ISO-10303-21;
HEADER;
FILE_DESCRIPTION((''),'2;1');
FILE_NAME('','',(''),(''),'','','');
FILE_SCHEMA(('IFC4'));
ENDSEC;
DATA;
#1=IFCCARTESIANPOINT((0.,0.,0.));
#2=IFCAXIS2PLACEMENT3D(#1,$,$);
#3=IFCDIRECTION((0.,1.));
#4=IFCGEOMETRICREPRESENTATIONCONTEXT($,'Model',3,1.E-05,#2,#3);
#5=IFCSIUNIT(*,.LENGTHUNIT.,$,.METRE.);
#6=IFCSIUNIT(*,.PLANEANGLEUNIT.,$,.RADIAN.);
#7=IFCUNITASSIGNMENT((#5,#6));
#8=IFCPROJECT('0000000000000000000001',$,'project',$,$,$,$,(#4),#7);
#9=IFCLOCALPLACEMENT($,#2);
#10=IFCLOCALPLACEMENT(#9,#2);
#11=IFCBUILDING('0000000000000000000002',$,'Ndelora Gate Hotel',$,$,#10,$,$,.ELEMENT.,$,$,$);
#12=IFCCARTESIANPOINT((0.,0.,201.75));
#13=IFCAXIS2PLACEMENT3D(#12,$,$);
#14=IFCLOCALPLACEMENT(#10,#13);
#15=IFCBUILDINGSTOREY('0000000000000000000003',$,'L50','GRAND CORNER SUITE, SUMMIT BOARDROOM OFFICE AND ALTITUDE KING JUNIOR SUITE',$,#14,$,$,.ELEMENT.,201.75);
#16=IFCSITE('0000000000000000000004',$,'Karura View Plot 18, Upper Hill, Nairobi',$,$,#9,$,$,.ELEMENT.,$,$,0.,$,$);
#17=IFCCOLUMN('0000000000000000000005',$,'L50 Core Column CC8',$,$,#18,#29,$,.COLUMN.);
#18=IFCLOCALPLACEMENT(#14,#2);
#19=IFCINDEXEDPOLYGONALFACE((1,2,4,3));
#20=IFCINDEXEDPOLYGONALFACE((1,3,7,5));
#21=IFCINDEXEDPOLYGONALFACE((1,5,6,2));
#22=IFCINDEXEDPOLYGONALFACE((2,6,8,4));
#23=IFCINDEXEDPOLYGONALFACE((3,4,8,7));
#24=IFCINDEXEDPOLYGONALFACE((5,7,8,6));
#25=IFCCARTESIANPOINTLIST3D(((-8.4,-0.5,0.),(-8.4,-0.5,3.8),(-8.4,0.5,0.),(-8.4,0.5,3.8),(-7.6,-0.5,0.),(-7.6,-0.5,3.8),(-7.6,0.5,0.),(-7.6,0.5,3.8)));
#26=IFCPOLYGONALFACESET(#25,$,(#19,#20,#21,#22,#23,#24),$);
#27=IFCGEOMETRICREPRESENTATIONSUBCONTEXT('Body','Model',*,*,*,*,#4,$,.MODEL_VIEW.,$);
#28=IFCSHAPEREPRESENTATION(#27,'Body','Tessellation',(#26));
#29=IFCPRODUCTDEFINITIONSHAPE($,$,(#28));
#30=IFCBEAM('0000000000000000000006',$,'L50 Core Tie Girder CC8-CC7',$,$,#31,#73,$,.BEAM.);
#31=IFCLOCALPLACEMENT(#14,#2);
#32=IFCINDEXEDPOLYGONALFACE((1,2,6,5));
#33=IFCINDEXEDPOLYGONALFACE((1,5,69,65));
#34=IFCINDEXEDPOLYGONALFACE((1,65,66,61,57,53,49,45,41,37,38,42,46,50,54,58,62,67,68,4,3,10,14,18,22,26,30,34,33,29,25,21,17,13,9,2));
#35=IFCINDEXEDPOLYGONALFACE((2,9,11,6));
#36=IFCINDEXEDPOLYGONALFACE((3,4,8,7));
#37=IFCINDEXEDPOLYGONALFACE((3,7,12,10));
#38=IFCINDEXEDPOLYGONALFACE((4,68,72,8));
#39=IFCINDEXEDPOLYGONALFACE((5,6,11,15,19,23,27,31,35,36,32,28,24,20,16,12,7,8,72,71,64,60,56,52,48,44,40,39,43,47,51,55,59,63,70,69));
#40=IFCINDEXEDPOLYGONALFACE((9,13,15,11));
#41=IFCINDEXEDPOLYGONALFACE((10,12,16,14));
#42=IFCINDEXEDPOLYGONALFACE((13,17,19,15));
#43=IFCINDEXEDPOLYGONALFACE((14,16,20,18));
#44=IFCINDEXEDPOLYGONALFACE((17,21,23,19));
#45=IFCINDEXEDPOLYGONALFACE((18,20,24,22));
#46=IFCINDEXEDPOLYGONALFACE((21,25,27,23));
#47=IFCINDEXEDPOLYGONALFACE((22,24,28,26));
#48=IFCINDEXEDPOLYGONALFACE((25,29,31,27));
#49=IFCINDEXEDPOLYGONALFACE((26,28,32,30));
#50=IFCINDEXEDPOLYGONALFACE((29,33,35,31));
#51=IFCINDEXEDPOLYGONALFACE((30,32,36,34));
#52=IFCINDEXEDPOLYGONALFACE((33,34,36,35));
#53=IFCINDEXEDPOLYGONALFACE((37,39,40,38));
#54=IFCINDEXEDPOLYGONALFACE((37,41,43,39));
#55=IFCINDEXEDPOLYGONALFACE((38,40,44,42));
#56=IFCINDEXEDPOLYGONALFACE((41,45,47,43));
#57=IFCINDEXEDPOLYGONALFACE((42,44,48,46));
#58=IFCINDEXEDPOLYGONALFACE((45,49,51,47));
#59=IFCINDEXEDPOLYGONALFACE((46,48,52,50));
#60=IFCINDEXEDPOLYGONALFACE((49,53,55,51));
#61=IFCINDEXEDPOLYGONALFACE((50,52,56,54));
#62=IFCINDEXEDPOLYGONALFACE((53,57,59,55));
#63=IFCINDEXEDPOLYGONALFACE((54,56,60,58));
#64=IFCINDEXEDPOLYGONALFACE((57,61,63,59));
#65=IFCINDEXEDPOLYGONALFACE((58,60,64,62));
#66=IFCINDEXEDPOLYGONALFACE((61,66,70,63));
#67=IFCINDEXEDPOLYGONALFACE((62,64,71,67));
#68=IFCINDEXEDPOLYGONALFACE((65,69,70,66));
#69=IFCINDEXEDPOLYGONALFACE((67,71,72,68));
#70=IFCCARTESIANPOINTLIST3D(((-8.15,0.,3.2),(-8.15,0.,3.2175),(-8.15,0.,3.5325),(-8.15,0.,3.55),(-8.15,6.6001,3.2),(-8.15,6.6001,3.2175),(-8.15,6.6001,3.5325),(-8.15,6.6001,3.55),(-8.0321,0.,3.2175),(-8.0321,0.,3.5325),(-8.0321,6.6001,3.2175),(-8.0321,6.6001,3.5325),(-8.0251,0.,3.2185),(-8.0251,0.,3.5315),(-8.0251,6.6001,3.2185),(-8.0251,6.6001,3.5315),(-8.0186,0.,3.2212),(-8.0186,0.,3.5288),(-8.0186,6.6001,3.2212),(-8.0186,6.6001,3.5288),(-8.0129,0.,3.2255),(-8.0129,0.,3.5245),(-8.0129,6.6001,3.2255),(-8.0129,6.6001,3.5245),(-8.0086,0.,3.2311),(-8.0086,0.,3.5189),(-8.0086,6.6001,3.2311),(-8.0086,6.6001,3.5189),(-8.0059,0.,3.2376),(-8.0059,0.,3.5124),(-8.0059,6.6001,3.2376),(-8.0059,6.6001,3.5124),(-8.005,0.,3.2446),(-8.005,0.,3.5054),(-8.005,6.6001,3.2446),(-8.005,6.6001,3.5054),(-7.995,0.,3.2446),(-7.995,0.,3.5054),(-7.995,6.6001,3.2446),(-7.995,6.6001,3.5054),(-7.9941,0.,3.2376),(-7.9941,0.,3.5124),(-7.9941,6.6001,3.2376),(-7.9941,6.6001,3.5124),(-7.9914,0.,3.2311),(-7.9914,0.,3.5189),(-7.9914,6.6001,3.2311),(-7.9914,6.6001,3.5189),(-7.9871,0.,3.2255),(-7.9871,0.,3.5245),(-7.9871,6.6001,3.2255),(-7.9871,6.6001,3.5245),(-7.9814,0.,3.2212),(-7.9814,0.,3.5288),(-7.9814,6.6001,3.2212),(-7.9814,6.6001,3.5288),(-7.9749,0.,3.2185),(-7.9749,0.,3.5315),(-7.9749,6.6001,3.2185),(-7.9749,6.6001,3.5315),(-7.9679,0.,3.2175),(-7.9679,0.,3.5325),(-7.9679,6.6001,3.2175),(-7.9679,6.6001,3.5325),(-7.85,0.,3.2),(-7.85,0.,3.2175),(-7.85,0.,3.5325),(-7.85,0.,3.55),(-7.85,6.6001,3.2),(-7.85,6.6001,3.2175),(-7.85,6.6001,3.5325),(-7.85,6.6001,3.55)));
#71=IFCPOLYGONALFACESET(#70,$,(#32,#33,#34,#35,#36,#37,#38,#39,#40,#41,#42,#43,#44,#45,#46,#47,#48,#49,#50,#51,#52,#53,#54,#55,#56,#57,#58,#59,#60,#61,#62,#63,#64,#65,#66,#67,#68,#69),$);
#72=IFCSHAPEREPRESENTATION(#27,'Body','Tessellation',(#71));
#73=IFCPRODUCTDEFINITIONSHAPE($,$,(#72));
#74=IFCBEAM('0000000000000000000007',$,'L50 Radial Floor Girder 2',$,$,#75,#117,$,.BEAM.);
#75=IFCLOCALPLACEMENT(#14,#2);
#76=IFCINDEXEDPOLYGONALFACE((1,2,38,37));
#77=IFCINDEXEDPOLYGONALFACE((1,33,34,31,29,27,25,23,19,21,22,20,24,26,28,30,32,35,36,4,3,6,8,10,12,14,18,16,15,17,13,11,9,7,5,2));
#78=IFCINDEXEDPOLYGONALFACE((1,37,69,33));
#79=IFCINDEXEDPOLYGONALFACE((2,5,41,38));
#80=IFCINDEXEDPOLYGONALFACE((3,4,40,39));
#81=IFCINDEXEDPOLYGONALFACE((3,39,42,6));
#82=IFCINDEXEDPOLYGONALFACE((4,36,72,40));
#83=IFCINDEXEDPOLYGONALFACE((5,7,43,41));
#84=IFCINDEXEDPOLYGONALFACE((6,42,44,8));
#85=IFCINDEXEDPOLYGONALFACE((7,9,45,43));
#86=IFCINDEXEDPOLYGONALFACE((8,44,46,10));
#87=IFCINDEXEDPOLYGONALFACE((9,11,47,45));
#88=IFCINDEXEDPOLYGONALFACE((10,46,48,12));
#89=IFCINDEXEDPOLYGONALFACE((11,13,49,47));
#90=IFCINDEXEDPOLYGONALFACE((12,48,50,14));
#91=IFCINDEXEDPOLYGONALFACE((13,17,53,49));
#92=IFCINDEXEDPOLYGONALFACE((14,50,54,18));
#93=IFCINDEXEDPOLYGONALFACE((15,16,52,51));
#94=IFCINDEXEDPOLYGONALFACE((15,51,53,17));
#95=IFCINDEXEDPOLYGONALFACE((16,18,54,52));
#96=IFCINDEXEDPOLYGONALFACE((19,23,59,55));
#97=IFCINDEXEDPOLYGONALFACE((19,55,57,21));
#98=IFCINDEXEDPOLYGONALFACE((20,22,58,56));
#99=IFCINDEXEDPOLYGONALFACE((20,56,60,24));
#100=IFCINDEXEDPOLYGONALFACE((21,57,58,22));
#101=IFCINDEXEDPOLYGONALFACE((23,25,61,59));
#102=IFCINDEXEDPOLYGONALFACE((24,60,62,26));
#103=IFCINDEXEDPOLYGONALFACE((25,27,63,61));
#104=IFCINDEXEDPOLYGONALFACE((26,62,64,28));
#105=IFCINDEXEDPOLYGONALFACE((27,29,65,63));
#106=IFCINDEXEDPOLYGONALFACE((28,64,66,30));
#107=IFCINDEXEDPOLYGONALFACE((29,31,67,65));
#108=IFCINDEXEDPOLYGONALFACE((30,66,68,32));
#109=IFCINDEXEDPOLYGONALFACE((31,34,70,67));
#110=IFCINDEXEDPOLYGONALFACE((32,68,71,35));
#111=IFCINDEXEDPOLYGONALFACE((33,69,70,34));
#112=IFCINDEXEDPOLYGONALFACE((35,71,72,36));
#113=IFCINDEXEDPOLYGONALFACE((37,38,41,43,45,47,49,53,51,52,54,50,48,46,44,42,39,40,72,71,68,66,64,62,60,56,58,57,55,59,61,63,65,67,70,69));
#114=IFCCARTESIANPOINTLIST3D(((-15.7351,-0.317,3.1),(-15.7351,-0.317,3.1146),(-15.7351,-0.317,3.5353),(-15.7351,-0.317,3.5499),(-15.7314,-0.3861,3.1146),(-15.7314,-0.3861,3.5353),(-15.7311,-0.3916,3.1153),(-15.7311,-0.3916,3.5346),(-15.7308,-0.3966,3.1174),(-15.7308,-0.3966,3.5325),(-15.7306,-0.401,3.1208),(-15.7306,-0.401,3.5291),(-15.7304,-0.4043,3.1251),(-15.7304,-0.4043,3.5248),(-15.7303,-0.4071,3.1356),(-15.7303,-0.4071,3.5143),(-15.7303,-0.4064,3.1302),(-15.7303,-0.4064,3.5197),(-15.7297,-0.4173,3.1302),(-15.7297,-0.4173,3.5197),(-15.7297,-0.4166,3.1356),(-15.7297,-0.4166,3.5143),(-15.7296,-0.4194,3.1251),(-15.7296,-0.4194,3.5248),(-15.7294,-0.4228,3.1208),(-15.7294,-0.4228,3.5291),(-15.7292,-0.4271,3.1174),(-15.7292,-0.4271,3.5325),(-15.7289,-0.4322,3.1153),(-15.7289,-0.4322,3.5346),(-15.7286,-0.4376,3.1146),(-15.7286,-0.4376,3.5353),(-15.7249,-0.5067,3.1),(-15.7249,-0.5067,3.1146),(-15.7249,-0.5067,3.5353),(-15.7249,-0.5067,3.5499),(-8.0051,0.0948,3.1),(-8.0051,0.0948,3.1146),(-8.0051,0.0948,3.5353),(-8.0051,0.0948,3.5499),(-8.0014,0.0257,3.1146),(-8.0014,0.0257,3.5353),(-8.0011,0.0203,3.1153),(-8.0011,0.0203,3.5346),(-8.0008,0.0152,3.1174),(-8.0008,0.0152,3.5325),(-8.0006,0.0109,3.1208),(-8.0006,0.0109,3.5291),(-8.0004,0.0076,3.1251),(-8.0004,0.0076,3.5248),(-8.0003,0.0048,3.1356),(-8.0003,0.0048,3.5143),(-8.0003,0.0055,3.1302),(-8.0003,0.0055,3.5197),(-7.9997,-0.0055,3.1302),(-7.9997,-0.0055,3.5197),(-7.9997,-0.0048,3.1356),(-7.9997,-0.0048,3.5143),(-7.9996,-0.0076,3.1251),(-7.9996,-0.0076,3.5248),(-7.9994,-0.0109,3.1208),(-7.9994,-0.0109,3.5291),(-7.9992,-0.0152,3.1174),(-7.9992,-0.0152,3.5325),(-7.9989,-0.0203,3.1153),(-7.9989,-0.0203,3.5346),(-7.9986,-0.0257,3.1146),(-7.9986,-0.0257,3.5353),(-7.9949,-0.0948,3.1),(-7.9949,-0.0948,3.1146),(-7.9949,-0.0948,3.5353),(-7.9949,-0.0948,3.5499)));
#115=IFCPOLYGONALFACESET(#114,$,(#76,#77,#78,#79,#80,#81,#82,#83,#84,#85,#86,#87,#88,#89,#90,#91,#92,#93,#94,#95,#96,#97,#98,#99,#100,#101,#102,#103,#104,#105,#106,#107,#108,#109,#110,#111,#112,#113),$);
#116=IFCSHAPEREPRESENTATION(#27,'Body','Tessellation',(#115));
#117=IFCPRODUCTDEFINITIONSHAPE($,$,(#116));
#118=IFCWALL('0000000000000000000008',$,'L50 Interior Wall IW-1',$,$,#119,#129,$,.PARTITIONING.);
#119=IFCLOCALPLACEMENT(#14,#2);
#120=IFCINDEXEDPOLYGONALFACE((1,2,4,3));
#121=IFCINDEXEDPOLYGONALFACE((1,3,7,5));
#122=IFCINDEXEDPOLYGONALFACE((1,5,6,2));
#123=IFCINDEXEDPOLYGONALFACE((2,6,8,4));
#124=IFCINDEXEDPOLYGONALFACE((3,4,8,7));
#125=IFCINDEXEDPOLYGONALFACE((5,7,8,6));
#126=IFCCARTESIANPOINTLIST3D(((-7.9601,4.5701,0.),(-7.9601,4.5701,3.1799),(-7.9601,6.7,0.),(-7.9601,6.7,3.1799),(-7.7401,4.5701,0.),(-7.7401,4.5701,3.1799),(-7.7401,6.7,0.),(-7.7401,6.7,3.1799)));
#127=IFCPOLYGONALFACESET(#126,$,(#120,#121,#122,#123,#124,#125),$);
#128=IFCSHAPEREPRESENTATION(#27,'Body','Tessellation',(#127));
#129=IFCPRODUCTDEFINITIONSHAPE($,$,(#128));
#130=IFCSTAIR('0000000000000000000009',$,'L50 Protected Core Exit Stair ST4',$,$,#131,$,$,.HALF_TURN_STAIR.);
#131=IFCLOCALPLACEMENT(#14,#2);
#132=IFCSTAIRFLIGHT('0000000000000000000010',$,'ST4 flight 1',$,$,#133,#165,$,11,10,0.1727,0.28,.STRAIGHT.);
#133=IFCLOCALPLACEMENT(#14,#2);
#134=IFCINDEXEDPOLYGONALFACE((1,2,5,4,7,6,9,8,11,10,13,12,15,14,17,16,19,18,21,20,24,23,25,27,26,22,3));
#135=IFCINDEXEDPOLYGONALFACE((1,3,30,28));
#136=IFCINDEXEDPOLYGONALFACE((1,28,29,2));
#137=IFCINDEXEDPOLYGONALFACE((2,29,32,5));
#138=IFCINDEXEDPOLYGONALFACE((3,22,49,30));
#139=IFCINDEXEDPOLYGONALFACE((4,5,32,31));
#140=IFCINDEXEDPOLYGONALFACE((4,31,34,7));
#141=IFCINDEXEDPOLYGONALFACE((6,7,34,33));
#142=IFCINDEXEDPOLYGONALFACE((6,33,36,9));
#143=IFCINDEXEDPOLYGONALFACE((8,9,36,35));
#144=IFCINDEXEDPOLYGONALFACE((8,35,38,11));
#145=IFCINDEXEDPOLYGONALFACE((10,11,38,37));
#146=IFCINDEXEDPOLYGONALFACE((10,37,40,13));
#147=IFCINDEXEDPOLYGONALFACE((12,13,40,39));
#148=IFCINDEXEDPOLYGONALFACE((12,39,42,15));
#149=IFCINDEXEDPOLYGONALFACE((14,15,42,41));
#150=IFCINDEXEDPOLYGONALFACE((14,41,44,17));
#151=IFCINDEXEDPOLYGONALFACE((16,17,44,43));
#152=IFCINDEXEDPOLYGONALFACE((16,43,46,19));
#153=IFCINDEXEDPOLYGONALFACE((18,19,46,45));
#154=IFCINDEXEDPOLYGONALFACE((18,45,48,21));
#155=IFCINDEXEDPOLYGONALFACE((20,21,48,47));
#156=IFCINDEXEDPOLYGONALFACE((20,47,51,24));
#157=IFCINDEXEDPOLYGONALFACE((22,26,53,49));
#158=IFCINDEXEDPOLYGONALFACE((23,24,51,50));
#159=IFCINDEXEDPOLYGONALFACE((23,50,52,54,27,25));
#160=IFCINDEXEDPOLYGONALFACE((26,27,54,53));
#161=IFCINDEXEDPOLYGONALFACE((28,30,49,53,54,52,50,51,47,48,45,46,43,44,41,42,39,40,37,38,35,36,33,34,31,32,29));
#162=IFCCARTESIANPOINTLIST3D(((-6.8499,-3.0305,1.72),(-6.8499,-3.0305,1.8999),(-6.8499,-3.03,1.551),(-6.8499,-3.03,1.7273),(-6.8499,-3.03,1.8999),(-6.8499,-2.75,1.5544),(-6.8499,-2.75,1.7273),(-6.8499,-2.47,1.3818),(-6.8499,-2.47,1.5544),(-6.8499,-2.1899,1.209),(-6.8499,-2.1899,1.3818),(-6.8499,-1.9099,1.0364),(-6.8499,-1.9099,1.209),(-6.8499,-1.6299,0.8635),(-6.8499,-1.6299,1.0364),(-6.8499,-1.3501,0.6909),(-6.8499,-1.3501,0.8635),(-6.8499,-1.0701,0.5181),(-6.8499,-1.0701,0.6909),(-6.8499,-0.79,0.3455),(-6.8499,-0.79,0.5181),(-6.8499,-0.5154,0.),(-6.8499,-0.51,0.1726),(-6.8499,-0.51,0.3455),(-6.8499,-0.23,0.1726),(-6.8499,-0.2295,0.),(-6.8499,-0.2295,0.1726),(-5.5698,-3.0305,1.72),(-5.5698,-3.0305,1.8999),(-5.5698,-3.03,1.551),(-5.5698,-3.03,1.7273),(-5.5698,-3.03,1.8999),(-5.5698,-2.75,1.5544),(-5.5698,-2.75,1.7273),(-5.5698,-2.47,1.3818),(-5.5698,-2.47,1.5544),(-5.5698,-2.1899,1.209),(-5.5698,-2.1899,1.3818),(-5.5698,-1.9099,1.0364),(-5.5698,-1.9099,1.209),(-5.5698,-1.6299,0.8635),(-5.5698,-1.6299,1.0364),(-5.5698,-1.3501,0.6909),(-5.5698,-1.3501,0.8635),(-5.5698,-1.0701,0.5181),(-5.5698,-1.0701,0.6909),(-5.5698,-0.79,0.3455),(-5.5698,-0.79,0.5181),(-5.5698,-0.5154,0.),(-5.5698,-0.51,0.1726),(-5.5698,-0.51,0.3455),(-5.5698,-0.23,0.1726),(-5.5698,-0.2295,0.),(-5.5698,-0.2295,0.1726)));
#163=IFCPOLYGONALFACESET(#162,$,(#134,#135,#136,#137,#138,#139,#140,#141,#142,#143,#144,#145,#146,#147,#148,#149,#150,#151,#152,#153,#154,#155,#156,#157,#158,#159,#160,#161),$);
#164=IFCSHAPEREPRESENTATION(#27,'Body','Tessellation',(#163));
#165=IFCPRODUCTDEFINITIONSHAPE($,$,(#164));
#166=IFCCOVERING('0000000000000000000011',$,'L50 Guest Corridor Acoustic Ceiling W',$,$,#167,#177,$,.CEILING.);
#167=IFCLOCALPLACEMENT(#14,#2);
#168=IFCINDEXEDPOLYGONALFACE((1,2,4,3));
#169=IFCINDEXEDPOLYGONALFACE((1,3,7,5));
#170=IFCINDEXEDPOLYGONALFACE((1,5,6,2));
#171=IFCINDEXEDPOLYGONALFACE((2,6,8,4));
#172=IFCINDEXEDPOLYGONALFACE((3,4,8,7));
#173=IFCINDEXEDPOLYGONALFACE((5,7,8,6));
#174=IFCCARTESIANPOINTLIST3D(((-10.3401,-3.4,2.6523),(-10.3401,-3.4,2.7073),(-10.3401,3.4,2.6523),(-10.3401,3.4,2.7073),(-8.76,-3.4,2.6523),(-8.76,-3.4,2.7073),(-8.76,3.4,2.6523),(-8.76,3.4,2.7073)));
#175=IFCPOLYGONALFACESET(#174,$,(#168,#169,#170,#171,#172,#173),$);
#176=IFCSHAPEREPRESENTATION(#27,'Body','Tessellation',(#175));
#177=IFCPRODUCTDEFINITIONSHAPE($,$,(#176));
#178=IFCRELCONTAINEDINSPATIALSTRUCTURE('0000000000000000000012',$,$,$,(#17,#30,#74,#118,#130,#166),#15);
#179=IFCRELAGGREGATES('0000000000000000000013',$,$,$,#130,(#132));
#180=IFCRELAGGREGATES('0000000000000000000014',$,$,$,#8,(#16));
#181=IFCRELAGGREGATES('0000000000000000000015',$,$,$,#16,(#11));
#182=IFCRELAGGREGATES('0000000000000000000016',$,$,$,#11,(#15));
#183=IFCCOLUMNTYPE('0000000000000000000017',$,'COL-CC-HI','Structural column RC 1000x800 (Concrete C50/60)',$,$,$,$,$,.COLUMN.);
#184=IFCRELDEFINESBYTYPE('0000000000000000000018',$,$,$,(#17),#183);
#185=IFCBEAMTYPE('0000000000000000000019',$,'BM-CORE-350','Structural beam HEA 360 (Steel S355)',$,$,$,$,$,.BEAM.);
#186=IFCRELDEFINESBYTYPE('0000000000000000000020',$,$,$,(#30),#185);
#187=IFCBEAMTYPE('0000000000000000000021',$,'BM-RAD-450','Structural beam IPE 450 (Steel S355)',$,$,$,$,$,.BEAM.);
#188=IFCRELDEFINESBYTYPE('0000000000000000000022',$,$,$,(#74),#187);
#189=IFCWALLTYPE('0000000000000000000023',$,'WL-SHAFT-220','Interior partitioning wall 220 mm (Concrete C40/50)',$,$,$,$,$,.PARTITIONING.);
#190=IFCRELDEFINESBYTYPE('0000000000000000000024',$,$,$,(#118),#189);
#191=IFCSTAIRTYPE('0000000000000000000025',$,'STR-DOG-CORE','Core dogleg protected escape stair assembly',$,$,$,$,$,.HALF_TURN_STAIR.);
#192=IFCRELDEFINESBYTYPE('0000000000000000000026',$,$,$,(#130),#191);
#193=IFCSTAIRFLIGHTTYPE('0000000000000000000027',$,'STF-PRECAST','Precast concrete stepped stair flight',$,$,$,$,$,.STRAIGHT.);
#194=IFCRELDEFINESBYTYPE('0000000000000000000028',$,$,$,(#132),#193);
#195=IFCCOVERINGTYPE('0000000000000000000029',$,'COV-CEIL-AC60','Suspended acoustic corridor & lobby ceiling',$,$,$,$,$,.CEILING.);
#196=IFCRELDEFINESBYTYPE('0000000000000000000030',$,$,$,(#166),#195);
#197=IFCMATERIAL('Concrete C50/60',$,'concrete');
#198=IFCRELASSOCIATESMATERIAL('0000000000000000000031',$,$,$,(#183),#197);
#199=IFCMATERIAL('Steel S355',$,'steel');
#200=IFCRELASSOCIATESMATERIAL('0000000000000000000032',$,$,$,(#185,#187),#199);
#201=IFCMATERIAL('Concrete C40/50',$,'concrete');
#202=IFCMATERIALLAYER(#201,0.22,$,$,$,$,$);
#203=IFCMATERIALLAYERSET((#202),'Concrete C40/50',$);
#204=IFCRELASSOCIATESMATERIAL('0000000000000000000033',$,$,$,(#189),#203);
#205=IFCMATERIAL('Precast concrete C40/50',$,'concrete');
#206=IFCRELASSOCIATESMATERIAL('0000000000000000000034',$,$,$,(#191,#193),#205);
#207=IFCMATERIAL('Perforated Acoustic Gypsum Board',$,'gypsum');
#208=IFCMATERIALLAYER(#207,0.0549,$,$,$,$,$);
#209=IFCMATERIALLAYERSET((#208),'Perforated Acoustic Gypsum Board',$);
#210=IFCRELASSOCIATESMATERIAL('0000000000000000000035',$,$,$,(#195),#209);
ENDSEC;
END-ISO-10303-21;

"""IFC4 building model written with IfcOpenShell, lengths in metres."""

from ifc_helpers import new_model, si_unit, direction, frame, frame_2d, origin, origin_2d, place, context, subcontext, project, spatial, polyline, rectangle, i_section, outline, extrude, material, layer, layer_set, material_profile, profile_set, type_object, element, aggregate, save


model = new_model("IFC4")

# Units and contexts
model_context = context("Model", 3, precision=1e-05, world=origin(), true_north=direction((0.0, 1.0)))
body_context = subcontext(model_context, "Body", "Model", "MODEL_VIEW")
ifc_project = project(units=[si_unit("LENGTHUNIT", "METRE"), si_unit("PLANEANGLEUNIT", "RADIAN")], contexts=[model_context])

# Site, building, storey
site_placement = place(None, origin())
site = spatial("IfcSite", under=ifc_project, at=site_placement, Name="Karura View Plot 18, Upper Hill, Nairobi", CompositionType="ELEMENT", RefElevation=0.0)
building_placement = place(site_placement, origin())
building = spatial("IfcBuilding", under=site, at=building_placement, Name="Ndelora Gate Hotel", CompositionType="ELEMENT")
storey_placement = place(building_placement, frame((0.0, 0.0, 201.75)))
storey = spatial("IfcBuildingStorey", under=building, at=storey_placement, Name="L50", Description="GRAND CORNER SUITE, SUMMIT BOARDROOM OFFICE AND ALTITUDE KING JUNIOR SUITE", CompositionType="ELEMENT", Elevation=201.75)

# Column
ifc_material_1 = material(Name="Concrete C50/60", Category="concrete")
ifc_material_profile_1 = material_profile(ifc_material_1, rectangle(XDim=0.8, YDim=1.0, at=origin_2d()), Name="RC 1000x800")
ifc_profile_set_1 = profile_set([ifc_material_profile_1], Name="Concrete C50/60")
column_type = type_object("IfcColumnType", Name="COL-CC-HI", Description="Structural column RC 1000x800 (Concrete C50/60)", PredefinedType="COLUMN", material=ifc_profile_set_1)
column_placement = place(storey_placement, frame((-8.0, 0.0, 0.0), z_axis=(0.0, 0.0, 1.0), x_axis=(1.0, 0.0, 0.0)))
element("IfcColumn", 1, at=column_placement, inside=storey, type_object=column_type, Name="L50 Core Column CC8", PredefinedType="COLUMN", context=body_context, shape_type="SweptSolid", body=[
    extrude(rectangle(XDim=0.8, YDim=1.0, at=origin_2d()), origin(), (0.0, 0.0, 1.0), 3.8),
])

# Beams
ifc_material_2 = material(Name="Steel S355", Category="steel")
ifc_material_profile_2 = material_profile(ifc_material_2, i_section(OverallWidth=0.3, OverallDepth=0.3501, WebThickness=0.01, FlangeThickness=0.0176, FilletRadius=0.0271, at=origin_2d()), Name="HEA 360")
ifc_profile_set_2 = profile_set([ifc_material_profile_2], Name="Steel S355")
beam_type_1 = type_object("IfcBeamType", Name="BM-CORE-350", Description="Structural beam HEA 360 (Steel S355)", PredefinedType="BEAM", material=ifc_profile_set_2)
beam_1_placement = place(storey_placement, frame((-8.0, 0.0, 3.375), z_axis=(0.0, 1.0, 0.0), x_axis=(-1.0, 0.0, 0.0)))
element("IfcBeam", 2, at=beam_1_placement, inside=storey, type_object=beam_type_1, Name="L50 Core Tie Girder CC8-CC7", PredefinedType="BEAM", context=body_context, shape_type="SweptSolid", body=[
    extrude(i_section(OverallWidth=0.3, OverallDepth=0.3501, WebThickness=0.01, FlangeThickness=0.0176, FilletRadius=0.0271, at=origin_2d()), origin(), (0.0, 0.0, 1.0), 6.6001),
])
ifc_material_profile_3 = material_profile(ifc_material_2, i_section(OverallWidth=0.1899, OverallDepth=0.45, WebThickness=0.0095, FlangeThickness=0.0146, FilletRadius=0.021, at=origin_2d()), Name="IPE 450")
ifc_profile_set_3 = profile_set([ifc_material_profile_3], Name="Steel S355")
beam_type_2 = type_object("IfcBeamType", Name="BM-RAD-450", Description="Structural beam IPE 450 (Steel S355)", PredefinedType="BEAM", material=ifc_profile_set_3)
beam_2_placement = place(storey_placement, frame((-8.0, 0.0, 3.325), z_axis=(-0.998584, -0.053206, 0.0), x_axis=(0.053206, -0.998584, 0.0)))
element("IfcBeam", 3, at=beam_2_placement, inside=storey, type_object=beam_type_2, Name="L50 Radial Floor Girder 2", PredefinedType="BEAM", context=body_context, shape_type="SweptSolid", body=[
    extrude(i_section(OverallWidth=0.1899, OverallDepth=0.45, WebThickness=0.0095, FlangeThickness=0.0146, FilletRadius=0.021, at=origin_2d()), origin(), (0.0, 0.0, 1.0), 7.741),
])

# Shared definitions
ifc_material_3 = material(Name="Concrete C40/50", Category="concrete")
ifc_layer_1 = layer(ifc_material_3, 0.22)
ifc_layer_set_1 = layer_set([ifc_layer_1], Name="Concrete C40/50")
wall_type_1 = type_object("IfcWallType", Name="WL-SHAFT-220", Description="Interior partitioning wall 220 mm (Concrete C40/50)", PredefinedType="PARTITIONING", material=ifc_layer_set_1)

# Wall
wall_1_placement = place(storey_placement, frame((-7.8501, 4.5701, 0.0), z_axis=(0.0, 0.0, 1.0), x_axis=(0.0, 1.0, 0.0)))
element("IfcWall", 4, at=wall_1_placement, inside=storey, type_object=wall_type_1, Name="L50 Interior Wall IW-1", PredefinedType="PARTITIONING", context=body_context, shape_type="SweptSolid", body=[
    extrude(rectangle(XDim=2.1299, YDim=0.22, at=frame_2d((1.0649, 0.0))), origin(), (0.0, 0.0, 1.0), 3.1799),
])

# Stair, stair flight
ifc_material_4 = material(Name="Precast concrete C40/50", Category="concrete")
stair_type = type_object("IfcStairType", Name="STR-DOG-CORE", Description="Core dogleg protected escape stair assembly", PredefinedType="HALF_TURN_STAIR", material=ifc_material_4)
stair_placement = place(storey_placement, origin())
stair = element("IfcStair", 5, at=stair_placement, inside=storey, type_object=stair_type, Name="L50 Protected Core Exit Stair ST4", PredefinedType="HALF_TURN_STAIR")
stair_flight_type = type_object("IfcStairFlightType", Name="STF-PRECAST", Description="Precast concrete stepped stair flight", PredefinedType="STRAIGHT", material=ifc_material_4)
stair_flight_placement = place(storey_placement, frame((-6.21, -0.23, 0.0), z_axis=(0.0, 0.0, 1.0), x_axis=(0.0, -1.0, 0.0)))
stair_flight = element("IfcStairFlight", 6, at=stair_flight_placement, type_object=stair_flight_type, Name="ST4 flight 1", NumberOfRisers=11, NumberOfTreads=10, PredefinedType="STRAIGHT", RiserHeight=0.1727, TreadLength=0.28, context=body_context, shape_type="SweptSolid", body=[
    extrude(outline(polyline([(-0.0005, 0.0), (-0.0005, 0.1726), (0.0, 0.1726), (0.28, 0.1726), (0.28, 0.3455), (0.5601, 0.3455), (0.5601, 0.5181), (0.8401, 0.5181), (0.8401, 0.6909), (1.1201, 0.6909), (1.1201, 0.8635), (1.3999, 0.8635), (1.3999, 1.0364), (1.6799, 1.0364), (1.6799, 1.209), (1.96, 1.209), (1.96, 1.3818), (2.24, 1.3818), (2.24, 1.5544), (2.52, 1.5544), (2.52, 1.7273), (2.8, 1.7273), (2.8, 1.8999), (2.8005, 1.8999), (2.8005, 1.72), (2.8, 1.551), (0.2854, 0.0), (-0.0005, 0.0)])), frame((0.0, 0.6401, 0.0), z_axis=(0.0, -1.0, 0.0), x_axis=(1.0, 0.0, 0.0)), (0.0, 0.0, 1.0), 1.28),
])
aggregate(stair, [stair_flight])

# Covering
ifc_material_5 = material(Name="Perforated Acoustic Gypsum Board", Category="gypsum")
ifc_layer_2 = layer(ifc_material_5, 0.0549)
ifc_layer_set_2 = layer_set([ifc_layer_2], Name="Perforated Acoustic Gypsum Board")
covering_type_1 = type_object("IfcCoveringType", Name="COV-CEIL-AC60", Description="Suspended acoustic corridor & lobby ceiling", PredefinedType="CEILING", material=ifc_layer_set_2)
covering_1_placement = place(storey_placement, frame((-9.55, 0.0, 2.6523), z_axis=(0.0, 0.0, 1.0), x_axis=(1.0, 0.0, 0.0)))
element("IfcCovering", 7, at=covering_1_placement, inside=storey, type_object=covering_type_1, Name="L50 Guest Corridor Acoustic Ceiling W", PredefinedType="CEILING", context=body_context, shape_type="SweptSolid", body=[
    extrude(rectangle(XDim=1.5801, YDim=6.8, at=origin_2d()), origin(), (0.0, 0.0, 1.0), 0.0549),
])

save(model, "model.ifc")
